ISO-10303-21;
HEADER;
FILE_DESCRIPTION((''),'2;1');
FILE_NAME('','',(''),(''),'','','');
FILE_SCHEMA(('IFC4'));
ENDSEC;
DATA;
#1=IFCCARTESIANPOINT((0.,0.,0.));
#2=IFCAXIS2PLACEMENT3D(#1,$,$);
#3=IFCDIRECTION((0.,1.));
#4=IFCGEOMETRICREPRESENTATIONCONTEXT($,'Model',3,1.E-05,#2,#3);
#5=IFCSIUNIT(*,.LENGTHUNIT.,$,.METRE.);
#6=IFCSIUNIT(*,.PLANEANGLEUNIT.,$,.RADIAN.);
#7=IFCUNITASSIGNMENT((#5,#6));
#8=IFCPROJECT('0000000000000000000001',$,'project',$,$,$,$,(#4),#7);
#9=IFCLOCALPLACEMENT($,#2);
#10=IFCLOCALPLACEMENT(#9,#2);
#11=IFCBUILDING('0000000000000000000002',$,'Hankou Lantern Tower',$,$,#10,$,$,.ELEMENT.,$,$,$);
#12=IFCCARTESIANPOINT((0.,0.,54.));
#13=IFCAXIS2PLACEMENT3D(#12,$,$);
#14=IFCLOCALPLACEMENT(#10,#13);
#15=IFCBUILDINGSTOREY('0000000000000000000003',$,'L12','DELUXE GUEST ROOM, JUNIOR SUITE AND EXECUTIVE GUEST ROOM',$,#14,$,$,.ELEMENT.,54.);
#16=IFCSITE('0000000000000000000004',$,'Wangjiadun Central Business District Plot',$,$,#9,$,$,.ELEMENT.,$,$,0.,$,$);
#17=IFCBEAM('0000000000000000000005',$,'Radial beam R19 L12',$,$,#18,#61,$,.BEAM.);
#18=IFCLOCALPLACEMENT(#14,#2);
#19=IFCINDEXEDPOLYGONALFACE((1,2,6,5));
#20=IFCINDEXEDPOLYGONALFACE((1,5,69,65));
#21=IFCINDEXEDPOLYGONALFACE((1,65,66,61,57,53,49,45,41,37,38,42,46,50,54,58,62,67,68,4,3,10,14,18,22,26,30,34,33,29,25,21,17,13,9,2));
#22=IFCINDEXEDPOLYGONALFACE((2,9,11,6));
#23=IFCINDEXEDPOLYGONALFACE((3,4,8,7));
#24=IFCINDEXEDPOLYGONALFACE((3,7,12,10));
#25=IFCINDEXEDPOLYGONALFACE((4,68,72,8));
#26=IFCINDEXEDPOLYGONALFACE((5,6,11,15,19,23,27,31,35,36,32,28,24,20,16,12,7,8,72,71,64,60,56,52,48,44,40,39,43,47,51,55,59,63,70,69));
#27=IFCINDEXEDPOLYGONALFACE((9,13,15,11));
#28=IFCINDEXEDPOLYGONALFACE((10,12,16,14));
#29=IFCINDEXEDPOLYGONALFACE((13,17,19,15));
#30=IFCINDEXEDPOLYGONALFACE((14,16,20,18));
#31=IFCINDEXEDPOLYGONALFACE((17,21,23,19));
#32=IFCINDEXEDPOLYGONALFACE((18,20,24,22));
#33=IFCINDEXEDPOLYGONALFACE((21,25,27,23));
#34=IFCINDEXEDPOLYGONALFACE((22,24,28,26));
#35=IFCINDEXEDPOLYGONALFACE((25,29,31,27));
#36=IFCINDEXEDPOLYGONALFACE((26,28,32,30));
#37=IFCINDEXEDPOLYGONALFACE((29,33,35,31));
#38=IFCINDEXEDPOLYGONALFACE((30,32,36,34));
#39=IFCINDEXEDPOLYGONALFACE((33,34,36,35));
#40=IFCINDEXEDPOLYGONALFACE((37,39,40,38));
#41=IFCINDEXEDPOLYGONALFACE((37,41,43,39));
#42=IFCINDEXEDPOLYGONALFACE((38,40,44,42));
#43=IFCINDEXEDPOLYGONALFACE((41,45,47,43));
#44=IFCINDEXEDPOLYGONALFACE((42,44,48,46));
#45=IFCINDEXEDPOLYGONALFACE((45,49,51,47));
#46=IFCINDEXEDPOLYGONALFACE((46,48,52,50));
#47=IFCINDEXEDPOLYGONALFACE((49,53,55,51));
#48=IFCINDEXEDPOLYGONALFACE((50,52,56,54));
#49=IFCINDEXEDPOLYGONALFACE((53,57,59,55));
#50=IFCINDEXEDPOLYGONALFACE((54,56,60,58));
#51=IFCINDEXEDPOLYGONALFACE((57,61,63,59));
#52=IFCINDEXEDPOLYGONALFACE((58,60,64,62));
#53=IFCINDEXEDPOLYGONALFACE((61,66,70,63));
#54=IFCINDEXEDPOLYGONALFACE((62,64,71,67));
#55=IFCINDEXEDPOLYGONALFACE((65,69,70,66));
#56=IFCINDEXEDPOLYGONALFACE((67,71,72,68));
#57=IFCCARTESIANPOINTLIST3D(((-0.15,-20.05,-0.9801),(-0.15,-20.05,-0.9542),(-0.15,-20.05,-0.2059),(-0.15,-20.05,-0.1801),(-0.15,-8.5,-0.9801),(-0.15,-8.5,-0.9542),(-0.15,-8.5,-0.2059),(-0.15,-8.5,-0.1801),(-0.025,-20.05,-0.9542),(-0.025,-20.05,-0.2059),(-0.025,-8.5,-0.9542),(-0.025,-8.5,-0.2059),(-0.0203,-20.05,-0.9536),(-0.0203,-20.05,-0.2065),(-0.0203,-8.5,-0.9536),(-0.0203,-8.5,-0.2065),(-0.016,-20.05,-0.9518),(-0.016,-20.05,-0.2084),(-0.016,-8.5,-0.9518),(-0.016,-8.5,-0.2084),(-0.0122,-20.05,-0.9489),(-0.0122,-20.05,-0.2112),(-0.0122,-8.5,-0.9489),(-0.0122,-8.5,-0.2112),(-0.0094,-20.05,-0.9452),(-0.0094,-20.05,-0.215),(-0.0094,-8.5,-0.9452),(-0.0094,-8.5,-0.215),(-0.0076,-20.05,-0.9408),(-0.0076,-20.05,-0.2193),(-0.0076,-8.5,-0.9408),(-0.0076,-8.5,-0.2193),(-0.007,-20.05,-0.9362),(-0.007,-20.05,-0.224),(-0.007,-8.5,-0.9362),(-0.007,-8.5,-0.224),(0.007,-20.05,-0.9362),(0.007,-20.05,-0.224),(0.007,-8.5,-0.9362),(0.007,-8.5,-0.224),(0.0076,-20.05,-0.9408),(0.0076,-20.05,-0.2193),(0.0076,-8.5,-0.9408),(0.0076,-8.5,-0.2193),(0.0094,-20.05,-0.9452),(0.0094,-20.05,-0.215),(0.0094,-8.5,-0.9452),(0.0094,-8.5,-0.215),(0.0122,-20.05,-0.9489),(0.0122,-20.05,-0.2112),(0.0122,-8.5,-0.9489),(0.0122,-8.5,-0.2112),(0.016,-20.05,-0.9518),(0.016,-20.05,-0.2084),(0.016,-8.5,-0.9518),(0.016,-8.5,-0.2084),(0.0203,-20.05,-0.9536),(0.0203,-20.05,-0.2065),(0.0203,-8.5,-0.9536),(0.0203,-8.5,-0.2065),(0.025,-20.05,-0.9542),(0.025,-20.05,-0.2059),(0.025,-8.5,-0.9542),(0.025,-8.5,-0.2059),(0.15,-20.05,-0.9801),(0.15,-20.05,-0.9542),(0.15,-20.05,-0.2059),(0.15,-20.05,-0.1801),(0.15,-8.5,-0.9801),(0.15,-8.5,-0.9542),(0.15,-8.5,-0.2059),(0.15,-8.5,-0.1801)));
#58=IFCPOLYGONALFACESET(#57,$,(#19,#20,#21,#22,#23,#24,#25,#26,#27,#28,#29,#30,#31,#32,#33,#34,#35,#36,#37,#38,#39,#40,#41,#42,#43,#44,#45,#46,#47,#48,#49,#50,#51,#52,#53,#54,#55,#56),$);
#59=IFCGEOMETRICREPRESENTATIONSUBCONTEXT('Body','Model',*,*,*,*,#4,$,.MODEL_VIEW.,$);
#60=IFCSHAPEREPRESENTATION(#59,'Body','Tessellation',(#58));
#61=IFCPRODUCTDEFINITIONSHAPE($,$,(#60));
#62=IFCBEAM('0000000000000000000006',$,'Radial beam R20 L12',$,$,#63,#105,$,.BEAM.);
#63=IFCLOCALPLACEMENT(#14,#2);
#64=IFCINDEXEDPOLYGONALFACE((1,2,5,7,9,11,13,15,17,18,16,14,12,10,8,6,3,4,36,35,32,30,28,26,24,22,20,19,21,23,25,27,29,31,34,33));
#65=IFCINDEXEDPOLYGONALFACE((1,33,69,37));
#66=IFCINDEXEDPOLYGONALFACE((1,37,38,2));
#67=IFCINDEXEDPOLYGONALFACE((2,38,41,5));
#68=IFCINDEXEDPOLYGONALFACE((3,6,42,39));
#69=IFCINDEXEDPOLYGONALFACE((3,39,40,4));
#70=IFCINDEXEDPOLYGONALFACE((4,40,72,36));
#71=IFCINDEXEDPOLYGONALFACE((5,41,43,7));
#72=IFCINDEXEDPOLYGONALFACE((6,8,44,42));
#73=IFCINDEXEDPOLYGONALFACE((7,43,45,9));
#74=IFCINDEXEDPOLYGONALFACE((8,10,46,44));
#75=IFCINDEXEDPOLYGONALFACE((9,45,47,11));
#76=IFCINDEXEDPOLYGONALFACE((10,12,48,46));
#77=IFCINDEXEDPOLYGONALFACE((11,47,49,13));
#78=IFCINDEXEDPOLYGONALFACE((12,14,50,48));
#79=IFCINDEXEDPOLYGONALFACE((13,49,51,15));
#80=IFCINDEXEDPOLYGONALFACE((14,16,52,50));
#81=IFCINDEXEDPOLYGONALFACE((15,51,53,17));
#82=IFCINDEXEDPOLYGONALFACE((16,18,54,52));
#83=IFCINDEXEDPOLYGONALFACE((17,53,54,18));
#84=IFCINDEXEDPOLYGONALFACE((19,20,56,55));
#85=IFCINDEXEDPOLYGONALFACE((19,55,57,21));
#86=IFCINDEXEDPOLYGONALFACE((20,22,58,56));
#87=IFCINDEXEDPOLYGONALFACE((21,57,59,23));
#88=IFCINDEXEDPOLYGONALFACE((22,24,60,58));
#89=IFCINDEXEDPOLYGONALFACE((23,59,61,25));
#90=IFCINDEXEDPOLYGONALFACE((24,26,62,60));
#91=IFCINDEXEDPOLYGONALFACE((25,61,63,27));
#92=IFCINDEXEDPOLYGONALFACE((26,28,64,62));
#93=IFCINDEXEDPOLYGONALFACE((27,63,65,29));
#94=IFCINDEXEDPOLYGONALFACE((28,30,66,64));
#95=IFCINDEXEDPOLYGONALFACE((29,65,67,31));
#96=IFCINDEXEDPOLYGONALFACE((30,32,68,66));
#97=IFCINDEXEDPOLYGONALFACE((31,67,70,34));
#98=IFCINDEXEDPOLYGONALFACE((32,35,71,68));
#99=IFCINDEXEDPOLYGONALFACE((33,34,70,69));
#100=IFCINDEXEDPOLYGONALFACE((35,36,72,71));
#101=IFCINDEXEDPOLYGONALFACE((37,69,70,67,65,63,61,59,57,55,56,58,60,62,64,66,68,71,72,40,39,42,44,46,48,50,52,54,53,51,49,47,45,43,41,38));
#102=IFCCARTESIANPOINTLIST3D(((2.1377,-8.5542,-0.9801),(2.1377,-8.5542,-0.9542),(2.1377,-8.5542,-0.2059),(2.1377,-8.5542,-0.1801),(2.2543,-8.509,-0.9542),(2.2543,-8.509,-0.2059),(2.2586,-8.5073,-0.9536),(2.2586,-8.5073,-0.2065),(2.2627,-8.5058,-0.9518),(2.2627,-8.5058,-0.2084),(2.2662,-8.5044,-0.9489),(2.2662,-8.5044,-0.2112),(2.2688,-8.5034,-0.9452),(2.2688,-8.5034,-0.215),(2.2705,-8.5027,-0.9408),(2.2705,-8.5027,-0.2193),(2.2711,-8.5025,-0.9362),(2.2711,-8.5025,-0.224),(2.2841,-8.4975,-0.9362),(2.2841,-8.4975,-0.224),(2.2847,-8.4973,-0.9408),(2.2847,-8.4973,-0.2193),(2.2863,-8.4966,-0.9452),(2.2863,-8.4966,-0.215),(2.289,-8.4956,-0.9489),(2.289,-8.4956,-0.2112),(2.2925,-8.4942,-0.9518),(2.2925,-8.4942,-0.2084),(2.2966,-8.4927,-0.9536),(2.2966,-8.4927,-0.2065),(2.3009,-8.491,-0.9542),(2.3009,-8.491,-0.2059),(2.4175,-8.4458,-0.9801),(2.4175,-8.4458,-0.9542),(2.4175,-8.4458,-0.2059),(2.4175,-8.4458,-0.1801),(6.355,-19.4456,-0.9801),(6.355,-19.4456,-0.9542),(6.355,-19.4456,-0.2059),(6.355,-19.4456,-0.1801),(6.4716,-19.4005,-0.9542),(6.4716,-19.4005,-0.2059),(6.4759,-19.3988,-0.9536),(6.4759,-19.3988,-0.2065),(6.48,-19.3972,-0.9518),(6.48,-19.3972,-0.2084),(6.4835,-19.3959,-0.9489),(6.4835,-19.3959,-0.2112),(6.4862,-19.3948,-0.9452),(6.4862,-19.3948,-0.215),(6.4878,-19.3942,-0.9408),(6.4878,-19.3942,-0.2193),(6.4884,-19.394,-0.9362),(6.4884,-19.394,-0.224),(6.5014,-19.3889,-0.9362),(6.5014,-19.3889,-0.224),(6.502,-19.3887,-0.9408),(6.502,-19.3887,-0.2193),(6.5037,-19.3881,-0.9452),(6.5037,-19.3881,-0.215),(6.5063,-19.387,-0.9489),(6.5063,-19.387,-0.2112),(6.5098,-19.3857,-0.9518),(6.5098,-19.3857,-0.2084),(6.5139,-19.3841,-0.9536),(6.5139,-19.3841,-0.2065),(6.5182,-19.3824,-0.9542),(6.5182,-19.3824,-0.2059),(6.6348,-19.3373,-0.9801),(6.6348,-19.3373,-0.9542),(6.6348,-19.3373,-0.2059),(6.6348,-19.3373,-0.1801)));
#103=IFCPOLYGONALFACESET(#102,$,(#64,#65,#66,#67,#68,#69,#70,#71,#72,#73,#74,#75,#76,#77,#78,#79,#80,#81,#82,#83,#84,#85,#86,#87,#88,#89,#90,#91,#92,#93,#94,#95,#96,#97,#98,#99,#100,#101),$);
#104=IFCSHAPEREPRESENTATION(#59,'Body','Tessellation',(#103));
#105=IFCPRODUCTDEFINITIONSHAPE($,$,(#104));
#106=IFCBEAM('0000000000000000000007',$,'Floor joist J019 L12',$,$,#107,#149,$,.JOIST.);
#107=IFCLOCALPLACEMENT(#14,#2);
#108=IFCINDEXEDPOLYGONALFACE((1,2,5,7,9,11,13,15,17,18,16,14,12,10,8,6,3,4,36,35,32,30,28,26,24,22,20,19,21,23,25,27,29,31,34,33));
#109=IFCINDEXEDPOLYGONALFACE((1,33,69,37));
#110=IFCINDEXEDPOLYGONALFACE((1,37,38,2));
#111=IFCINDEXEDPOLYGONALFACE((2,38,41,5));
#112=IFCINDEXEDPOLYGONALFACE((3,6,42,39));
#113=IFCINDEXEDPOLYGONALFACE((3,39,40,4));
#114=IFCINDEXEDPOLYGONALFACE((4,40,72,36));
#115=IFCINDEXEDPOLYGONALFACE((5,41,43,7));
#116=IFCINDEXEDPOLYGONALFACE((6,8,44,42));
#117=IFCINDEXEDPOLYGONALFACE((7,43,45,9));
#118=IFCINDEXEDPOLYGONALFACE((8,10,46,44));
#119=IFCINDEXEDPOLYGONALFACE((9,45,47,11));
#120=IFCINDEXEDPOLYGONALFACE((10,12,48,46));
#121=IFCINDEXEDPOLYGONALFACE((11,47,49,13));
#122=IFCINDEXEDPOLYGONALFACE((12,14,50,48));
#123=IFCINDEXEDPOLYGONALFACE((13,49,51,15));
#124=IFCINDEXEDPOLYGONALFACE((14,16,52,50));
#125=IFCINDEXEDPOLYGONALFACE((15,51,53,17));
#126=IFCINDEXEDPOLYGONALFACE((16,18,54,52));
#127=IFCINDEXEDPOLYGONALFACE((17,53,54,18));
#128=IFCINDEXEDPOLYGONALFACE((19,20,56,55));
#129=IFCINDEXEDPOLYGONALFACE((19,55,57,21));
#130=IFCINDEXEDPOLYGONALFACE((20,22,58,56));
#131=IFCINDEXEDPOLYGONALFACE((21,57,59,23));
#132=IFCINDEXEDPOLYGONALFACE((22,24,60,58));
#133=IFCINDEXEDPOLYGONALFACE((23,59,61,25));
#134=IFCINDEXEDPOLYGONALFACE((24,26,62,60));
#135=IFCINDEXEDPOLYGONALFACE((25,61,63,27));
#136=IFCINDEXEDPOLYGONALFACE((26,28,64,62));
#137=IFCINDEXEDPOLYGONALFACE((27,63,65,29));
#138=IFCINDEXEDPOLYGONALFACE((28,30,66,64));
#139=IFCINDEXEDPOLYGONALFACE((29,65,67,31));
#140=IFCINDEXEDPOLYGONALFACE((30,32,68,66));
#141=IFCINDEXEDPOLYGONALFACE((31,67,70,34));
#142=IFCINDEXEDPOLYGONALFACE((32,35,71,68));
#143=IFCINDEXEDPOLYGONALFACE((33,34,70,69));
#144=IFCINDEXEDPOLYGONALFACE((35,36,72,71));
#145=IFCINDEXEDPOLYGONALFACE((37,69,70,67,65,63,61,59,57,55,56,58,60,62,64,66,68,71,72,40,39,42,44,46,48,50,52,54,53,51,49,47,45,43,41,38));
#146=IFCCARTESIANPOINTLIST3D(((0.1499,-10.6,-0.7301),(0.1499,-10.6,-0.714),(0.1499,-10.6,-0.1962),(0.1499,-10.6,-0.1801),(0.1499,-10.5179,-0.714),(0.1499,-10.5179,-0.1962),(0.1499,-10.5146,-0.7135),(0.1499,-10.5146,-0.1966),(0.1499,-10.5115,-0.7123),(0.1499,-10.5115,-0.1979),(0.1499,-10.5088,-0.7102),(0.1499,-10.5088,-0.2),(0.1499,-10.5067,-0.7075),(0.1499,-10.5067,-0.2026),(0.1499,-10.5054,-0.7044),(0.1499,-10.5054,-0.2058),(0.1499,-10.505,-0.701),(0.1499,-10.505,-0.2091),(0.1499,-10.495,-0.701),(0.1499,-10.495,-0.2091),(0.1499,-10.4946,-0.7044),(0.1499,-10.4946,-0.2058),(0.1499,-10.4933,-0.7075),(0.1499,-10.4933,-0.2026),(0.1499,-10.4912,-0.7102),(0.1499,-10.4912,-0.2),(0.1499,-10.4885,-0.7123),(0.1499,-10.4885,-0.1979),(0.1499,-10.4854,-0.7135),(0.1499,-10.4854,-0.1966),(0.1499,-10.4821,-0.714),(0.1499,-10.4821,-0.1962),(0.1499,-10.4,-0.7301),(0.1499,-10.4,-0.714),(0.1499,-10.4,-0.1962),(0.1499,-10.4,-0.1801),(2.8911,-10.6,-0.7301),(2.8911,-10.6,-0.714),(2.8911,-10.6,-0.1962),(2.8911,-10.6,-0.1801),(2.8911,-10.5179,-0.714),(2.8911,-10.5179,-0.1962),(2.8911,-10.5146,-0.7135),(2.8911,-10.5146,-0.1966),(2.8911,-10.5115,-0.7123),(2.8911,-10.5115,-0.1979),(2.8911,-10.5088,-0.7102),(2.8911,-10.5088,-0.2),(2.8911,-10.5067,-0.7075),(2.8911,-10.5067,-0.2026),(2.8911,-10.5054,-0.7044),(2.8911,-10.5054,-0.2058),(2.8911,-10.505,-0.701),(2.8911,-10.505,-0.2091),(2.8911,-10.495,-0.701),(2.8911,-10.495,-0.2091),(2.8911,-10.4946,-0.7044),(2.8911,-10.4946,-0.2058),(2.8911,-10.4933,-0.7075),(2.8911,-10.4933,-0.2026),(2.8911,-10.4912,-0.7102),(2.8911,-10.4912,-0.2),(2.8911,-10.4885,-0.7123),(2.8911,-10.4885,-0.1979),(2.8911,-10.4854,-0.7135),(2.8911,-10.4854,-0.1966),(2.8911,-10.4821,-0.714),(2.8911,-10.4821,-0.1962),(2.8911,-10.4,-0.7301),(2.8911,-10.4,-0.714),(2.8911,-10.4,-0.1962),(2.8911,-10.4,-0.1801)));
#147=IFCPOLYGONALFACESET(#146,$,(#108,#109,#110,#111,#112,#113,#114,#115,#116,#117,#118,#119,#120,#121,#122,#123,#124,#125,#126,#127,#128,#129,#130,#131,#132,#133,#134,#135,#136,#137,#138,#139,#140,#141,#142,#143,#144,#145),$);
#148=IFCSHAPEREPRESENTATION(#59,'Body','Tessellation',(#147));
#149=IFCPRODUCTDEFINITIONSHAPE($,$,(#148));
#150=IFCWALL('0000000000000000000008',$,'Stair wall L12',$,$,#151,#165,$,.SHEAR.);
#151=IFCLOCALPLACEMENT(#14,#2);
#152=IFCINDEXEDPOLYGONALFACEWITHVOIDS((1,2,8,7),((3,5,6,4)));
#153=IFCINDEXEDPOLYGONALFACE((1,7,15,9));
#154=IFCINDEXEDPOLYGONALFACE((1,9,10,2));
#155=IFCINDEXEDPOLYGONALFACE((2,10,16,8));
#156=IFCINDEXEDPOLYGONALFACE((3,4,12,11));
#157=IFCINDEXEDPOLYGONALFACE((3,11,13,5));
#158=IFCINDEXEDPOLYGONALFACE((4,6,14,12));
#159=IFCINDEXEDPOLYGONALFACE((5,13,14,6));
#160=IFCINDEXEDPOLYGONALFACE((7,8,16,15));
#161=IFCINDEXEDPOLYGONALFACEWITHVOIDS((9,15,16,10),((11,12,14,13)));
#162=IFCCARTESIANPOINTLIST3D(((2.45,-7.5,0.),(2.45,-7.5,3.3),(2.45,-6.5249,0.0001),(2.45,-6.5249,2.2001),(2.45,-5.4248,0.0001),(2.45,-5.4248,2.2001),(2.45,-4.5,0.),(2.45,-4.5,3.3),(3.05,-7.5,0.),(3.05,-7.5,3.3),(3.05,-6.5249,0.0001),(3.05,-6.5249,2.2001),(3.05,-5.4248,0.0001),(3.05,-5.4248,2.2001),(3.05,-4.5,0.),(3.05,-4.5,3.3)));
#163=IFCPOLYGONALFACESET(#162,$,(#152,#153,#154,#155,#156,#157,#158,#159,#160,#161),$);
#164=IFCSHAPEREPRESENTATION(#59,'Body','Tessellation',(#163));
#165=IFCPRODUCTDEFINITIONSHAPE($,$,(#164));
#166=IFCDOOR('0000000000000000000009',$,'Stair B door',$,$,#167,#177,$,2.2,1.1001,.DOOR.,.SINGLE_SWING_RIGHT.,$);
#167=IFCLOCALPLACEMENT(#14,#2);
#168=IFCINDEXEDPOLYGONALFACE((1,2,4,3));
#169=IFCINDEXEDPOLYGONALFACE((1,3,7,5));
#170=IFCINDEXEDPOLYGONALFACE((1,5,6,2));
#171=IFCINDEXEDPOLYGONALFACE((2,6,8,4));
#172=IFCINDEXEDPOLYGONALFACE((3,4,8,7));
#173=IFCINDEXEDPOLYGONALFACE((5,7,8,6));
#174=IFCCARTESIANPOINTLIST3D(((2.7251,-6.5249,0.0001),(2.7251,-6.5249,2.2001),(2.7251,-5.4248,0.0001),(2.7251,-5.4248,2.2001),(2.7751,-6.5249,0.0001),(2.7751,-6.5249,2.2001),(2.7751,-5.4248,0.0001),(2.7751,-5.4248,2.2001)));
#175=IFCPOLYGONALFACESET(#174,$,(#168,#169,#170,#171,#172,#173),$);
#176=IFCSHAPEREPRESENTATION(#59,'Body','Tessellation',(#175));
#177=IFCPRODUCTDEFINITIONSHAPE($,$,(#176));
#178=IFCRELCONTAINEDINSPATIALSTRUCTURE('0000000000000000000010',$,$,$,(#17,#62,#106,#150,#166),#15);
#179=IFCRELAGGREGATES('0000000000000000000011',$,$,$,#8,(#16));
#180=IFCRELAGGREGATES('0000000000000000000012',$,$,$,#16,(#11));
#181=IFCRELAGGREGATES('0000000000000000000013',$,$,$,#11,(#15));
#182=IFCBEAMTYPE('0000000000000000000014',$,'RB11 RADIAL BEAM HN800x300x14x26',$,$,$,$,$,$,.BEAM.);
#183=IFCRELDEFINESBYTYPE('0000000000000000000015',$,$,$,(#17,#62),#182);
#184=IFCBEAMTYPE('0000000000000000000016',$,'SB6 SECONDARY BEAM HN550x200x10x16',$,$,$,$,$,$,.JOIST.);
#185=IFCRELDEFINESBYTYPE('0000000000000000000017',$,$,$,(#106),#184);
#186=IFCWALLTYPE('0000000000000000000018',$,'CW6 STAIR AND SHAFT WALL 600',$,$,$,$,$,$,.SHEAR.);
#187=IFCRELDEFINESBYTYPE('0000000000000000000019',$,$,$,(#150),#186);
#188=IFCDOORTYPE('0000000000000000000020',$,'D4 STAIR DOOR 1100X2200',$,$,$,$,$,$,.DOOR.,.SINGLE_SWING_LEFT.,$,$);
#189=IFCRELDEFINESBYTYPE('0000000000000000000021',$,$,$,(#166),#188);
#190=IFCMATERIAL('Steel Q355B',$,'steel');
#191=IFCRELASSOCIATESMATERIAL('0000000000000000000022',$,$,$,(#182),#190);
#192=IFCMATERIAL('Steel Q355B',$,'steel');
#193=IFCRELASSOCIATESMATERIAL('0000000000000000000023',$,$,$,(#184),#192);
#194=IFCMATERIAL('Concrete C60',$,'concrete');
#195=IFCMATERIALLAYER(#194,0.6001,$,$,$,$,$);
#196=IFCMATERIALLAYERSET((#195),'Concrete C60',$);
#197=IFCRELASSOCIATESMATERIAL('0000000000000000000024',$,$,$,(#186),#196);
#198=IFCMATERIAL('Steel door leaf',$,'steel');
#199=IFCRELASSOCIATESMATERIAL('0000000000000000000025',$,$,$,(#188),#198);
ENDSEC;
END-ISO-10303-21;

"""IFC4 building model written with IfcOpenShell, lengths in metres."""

from ifc_helpers import new_model, si_unit, direction, frame, frame_2d, origin, origin_2d, place, context, subcontext, project, spatial, rectangle, i_section, extrude, material, layer, layer_set, material_profile, profile_set, type_object, element, fill, save


model = new_model("IFC4")

# Units and contexts
model_context = context("Model", 3, precision=1e-05, world=origin(), true_north=direction((0.0, 1.0)))
body_context = subcontext(model_context, "Body", "Model", "MODEL_VIEW")
ifc_project = project(units=[si_unit("LENGTHUNIT", "METRE"), si_unit("PLANEANGLEUNIT", "RADIAN")], contexts=[model_context])

# Site, building, storey
site_placement = place(None, origin())
site = spatial("IfcSite", under=ifc_project, at=site_placement, Name="Wangjiadun Central Business District Plot", CompositionType="ELEMENT", RefElevation=0.0)
building_placement = place(site_placement, origin())
building = spatial("IfcBuilding", under=site, at=building_placement, Name="Hankou Lantern Tower", CompositionType="ELEMENT")
storey_placement = place(building_placement, frame((0.0, 0.0, 54.0)))
storey = spatial("IfcBuildingStorey", under=building, at=storey_placement, Name="L12", Description="DELUXE GUEST ROOM, JUNIOR SUITE AND EXECUTIVE GUEST ROOM", CompositionType="ELEMENT", Elevation=54.0)

# Beams
ifc_material_1 = material(Name="Steel Q355B", Category="steel")
ifc_material_profile_1 = material_profile(ifc_material_1, i_section(OverallWidth=0.3, OverallDepth=0.8, WebThickness=0.0139, FlangeThickness=0.0259, FilletRadius=0.0181, at=origin_2d()), Name="HN800x300x14x26")
ifc_profile_set_1 = profile_set([ifc_material_profile_1], Name="Steel Q355B")
beam_type_1 = type_object("IfcBeamType", Name="RB11 RADIAL BEAM HN800x300x14x26", PredefinedType="BEAM", material=ifc_profile_set_1)
beam_1_placement = place(storey_placement, frame((0.0, -8.5, -0.5801), z_axis=(0.0, -1.0, 0.0), x_axis=(1.0, 0.0, 0.0)))
element("IfcBeam", 1, at=beam_1_placement, inside=storey, type_object=beam_type_1, Name="Radial beam R19 L12", PredefinedType="BEAM", context=body_context, shape_type="SweptSolid", body=[
    extrude(i_section(OverallWidth=0.3, OverallDepth=0.8, WebThickness=0.0139, FlangeThickness=0.0259, FilletRadius=0.0181, at=origin_2d()), origin(), (0.0, 0.0, 1.0), 11.55),
])
beam_2_placement = place(storey_placement, frame((2.2776, -8.5, -0.5801), z_axis=(0.361089, -0.932531, 0.0), x_axis=(0.932531, 0.361089, 0.0)))
element("IfcBeam", 2, at=beam_2_placement, inside=storey, type_object=beam_type_1, Name="Radial beam R20 L12", PredefinedType="BEAM", context=body_context, shape_type="SweptSolid", body=[
    extrude(i_section(OverallWidth=0.3, OverallDepth=0.8, WebThickness=0.0139, FlangeThickness=0.0259, FilletRadius=0.0181, at=origin_2d()), origin(), (0.0, 0.0, 1.0), 11.6794),
])
ifc_material_2 = material(Name="Steel Q355B", Category="steel")
ifc_material_profile_2 = material_profile(ifc_material_2, i_section(OverallWidth=0.2, OverallDepth=0.55, WebThickness=0.01, FlangeThickness=0.0161, FilletRadius=0.0129, at=origin_2d()), Name="HN550x200x10x16")
ifc_profile_set_2 = profile_set([ifc_material_profile_2], Name="Steel Q355B")
beam_type_2 = type_object("IfcBeamType", Name="SB6 SECONDARY BEAM HN550x200x10x16", PredefinedType="JOIST", material=ifc_profile_set_2)
beam_3_placement = place(storey_placement, frame((0.1499, -10.5, -0.4551), z_axis=(1.0, 0.0, 0.0), x_axis=(0.0, 1.0, 0.0)))
element("IfcBeam", 3, at=beam_3_placement, inside=storey, type_object=beam_type_2, Name="Floor joist J019 L12", PredefinedType="JOIST", context=body_context, shape_type="SweptSolid", body=[
    extrude(i_section(OverallWidth=0.2, OverallDepth=0.55, WebThickness=0.01, FlangeThickness=0.0161, FilletRadius=0.0129, at=origin_2d()), origin(), (0.0, 0.0, 1.0), 2.7412),
])

# Wall, opening, door
ifc_material_3 = material(Name="Concrete C60", Category="concrete")
ifc_layer_1 = layer(ifc_material_3, 0.6001)
ifc_layer_set_1 = layer_set([ifc_layer_1], Name="Concrete C60")
wall_type_1 = type_object("IfcWallType", Name="CW6 STAIR AND SHAFT WALL 600", PredefinedType="SHEAR", material=ifc_layer_set_1)
wall_1_placement = place(storey_placement, frame((2.75, -7.5, 0.0), z_axis=(0.0, 0.0, 1.0), x_axis=(0.0, 1.0, 0.0)))
wall_1 = element("IfcWall", 4, at=wall_1_placement, inside=storey, type_object=wall_type_1, Name="Stair wall L12", PredefinedType="SHEAR", context=body_context, shape_type="SweptSolid", body=[
    extrude(rectangle(XDim=3.0, YDim=0.6001, at=frame_2d((1.5, 0.0))), origin(), (0.0, 0.0, 1.0), 3.3),
])
opening_1_placement = place(wall_1_placement, frame((0.9751, 0.0, 0.0)))
opening_1 = element("IfcOpeningElement", 5, at=opening_1_placement, cuts=wall_1, PredefinedType="OPENING", context=body_context, shape_type="SweptSolid", body=[
    extrude(rectangle(XDim=1.1001, YDim=2.2, at=frame_2d((0.55, 1.1001))), frame((0.0, 0.3101, 0.0), z_axis=(0.0, -1.0, 0.0), x_axis=(1.0, 0.0, 0.0)), (0.0, 0.0, 1.0), 0.6201),
])
ifc_material_4 = material(Name="Steel door leaf", Category="steel")
door_type_1 = type_object("IfcDoorType", Name="D4 STAIR DOOR 1100X2200", OperationType="SINGLE_SWING_LEFT", PredefinedType="DOOR", material=ifc_material_4)
door_1_placement = place(opening_1_placement, origin())
door_1 = element("IfcDoor", 6, at=door_1_placement, inside=storey, type_object=door_type_1, Name="Stair B door", OperationType="SINGLE_SWING_RIGHT", OverallHeight=2.2, OverallWidth=1.1001, PredefinedType="DOOR", context=body_context, shape_type="SweptSolid", body=[
    extrude(rectangle(XDim=1.1001, YDim=2.2, at=frame_2d((0.55, 1.1001))), frame((0.0, 0.0249, 0.0), z_axis=(0.0, -1.0, 0.0), x_axis=(1.0, 0.0, 0.0)), (0.0, 0.0, 1.0), 0.05),
])
fill(opening_1, door_1)

save(model, "model.ifc")
